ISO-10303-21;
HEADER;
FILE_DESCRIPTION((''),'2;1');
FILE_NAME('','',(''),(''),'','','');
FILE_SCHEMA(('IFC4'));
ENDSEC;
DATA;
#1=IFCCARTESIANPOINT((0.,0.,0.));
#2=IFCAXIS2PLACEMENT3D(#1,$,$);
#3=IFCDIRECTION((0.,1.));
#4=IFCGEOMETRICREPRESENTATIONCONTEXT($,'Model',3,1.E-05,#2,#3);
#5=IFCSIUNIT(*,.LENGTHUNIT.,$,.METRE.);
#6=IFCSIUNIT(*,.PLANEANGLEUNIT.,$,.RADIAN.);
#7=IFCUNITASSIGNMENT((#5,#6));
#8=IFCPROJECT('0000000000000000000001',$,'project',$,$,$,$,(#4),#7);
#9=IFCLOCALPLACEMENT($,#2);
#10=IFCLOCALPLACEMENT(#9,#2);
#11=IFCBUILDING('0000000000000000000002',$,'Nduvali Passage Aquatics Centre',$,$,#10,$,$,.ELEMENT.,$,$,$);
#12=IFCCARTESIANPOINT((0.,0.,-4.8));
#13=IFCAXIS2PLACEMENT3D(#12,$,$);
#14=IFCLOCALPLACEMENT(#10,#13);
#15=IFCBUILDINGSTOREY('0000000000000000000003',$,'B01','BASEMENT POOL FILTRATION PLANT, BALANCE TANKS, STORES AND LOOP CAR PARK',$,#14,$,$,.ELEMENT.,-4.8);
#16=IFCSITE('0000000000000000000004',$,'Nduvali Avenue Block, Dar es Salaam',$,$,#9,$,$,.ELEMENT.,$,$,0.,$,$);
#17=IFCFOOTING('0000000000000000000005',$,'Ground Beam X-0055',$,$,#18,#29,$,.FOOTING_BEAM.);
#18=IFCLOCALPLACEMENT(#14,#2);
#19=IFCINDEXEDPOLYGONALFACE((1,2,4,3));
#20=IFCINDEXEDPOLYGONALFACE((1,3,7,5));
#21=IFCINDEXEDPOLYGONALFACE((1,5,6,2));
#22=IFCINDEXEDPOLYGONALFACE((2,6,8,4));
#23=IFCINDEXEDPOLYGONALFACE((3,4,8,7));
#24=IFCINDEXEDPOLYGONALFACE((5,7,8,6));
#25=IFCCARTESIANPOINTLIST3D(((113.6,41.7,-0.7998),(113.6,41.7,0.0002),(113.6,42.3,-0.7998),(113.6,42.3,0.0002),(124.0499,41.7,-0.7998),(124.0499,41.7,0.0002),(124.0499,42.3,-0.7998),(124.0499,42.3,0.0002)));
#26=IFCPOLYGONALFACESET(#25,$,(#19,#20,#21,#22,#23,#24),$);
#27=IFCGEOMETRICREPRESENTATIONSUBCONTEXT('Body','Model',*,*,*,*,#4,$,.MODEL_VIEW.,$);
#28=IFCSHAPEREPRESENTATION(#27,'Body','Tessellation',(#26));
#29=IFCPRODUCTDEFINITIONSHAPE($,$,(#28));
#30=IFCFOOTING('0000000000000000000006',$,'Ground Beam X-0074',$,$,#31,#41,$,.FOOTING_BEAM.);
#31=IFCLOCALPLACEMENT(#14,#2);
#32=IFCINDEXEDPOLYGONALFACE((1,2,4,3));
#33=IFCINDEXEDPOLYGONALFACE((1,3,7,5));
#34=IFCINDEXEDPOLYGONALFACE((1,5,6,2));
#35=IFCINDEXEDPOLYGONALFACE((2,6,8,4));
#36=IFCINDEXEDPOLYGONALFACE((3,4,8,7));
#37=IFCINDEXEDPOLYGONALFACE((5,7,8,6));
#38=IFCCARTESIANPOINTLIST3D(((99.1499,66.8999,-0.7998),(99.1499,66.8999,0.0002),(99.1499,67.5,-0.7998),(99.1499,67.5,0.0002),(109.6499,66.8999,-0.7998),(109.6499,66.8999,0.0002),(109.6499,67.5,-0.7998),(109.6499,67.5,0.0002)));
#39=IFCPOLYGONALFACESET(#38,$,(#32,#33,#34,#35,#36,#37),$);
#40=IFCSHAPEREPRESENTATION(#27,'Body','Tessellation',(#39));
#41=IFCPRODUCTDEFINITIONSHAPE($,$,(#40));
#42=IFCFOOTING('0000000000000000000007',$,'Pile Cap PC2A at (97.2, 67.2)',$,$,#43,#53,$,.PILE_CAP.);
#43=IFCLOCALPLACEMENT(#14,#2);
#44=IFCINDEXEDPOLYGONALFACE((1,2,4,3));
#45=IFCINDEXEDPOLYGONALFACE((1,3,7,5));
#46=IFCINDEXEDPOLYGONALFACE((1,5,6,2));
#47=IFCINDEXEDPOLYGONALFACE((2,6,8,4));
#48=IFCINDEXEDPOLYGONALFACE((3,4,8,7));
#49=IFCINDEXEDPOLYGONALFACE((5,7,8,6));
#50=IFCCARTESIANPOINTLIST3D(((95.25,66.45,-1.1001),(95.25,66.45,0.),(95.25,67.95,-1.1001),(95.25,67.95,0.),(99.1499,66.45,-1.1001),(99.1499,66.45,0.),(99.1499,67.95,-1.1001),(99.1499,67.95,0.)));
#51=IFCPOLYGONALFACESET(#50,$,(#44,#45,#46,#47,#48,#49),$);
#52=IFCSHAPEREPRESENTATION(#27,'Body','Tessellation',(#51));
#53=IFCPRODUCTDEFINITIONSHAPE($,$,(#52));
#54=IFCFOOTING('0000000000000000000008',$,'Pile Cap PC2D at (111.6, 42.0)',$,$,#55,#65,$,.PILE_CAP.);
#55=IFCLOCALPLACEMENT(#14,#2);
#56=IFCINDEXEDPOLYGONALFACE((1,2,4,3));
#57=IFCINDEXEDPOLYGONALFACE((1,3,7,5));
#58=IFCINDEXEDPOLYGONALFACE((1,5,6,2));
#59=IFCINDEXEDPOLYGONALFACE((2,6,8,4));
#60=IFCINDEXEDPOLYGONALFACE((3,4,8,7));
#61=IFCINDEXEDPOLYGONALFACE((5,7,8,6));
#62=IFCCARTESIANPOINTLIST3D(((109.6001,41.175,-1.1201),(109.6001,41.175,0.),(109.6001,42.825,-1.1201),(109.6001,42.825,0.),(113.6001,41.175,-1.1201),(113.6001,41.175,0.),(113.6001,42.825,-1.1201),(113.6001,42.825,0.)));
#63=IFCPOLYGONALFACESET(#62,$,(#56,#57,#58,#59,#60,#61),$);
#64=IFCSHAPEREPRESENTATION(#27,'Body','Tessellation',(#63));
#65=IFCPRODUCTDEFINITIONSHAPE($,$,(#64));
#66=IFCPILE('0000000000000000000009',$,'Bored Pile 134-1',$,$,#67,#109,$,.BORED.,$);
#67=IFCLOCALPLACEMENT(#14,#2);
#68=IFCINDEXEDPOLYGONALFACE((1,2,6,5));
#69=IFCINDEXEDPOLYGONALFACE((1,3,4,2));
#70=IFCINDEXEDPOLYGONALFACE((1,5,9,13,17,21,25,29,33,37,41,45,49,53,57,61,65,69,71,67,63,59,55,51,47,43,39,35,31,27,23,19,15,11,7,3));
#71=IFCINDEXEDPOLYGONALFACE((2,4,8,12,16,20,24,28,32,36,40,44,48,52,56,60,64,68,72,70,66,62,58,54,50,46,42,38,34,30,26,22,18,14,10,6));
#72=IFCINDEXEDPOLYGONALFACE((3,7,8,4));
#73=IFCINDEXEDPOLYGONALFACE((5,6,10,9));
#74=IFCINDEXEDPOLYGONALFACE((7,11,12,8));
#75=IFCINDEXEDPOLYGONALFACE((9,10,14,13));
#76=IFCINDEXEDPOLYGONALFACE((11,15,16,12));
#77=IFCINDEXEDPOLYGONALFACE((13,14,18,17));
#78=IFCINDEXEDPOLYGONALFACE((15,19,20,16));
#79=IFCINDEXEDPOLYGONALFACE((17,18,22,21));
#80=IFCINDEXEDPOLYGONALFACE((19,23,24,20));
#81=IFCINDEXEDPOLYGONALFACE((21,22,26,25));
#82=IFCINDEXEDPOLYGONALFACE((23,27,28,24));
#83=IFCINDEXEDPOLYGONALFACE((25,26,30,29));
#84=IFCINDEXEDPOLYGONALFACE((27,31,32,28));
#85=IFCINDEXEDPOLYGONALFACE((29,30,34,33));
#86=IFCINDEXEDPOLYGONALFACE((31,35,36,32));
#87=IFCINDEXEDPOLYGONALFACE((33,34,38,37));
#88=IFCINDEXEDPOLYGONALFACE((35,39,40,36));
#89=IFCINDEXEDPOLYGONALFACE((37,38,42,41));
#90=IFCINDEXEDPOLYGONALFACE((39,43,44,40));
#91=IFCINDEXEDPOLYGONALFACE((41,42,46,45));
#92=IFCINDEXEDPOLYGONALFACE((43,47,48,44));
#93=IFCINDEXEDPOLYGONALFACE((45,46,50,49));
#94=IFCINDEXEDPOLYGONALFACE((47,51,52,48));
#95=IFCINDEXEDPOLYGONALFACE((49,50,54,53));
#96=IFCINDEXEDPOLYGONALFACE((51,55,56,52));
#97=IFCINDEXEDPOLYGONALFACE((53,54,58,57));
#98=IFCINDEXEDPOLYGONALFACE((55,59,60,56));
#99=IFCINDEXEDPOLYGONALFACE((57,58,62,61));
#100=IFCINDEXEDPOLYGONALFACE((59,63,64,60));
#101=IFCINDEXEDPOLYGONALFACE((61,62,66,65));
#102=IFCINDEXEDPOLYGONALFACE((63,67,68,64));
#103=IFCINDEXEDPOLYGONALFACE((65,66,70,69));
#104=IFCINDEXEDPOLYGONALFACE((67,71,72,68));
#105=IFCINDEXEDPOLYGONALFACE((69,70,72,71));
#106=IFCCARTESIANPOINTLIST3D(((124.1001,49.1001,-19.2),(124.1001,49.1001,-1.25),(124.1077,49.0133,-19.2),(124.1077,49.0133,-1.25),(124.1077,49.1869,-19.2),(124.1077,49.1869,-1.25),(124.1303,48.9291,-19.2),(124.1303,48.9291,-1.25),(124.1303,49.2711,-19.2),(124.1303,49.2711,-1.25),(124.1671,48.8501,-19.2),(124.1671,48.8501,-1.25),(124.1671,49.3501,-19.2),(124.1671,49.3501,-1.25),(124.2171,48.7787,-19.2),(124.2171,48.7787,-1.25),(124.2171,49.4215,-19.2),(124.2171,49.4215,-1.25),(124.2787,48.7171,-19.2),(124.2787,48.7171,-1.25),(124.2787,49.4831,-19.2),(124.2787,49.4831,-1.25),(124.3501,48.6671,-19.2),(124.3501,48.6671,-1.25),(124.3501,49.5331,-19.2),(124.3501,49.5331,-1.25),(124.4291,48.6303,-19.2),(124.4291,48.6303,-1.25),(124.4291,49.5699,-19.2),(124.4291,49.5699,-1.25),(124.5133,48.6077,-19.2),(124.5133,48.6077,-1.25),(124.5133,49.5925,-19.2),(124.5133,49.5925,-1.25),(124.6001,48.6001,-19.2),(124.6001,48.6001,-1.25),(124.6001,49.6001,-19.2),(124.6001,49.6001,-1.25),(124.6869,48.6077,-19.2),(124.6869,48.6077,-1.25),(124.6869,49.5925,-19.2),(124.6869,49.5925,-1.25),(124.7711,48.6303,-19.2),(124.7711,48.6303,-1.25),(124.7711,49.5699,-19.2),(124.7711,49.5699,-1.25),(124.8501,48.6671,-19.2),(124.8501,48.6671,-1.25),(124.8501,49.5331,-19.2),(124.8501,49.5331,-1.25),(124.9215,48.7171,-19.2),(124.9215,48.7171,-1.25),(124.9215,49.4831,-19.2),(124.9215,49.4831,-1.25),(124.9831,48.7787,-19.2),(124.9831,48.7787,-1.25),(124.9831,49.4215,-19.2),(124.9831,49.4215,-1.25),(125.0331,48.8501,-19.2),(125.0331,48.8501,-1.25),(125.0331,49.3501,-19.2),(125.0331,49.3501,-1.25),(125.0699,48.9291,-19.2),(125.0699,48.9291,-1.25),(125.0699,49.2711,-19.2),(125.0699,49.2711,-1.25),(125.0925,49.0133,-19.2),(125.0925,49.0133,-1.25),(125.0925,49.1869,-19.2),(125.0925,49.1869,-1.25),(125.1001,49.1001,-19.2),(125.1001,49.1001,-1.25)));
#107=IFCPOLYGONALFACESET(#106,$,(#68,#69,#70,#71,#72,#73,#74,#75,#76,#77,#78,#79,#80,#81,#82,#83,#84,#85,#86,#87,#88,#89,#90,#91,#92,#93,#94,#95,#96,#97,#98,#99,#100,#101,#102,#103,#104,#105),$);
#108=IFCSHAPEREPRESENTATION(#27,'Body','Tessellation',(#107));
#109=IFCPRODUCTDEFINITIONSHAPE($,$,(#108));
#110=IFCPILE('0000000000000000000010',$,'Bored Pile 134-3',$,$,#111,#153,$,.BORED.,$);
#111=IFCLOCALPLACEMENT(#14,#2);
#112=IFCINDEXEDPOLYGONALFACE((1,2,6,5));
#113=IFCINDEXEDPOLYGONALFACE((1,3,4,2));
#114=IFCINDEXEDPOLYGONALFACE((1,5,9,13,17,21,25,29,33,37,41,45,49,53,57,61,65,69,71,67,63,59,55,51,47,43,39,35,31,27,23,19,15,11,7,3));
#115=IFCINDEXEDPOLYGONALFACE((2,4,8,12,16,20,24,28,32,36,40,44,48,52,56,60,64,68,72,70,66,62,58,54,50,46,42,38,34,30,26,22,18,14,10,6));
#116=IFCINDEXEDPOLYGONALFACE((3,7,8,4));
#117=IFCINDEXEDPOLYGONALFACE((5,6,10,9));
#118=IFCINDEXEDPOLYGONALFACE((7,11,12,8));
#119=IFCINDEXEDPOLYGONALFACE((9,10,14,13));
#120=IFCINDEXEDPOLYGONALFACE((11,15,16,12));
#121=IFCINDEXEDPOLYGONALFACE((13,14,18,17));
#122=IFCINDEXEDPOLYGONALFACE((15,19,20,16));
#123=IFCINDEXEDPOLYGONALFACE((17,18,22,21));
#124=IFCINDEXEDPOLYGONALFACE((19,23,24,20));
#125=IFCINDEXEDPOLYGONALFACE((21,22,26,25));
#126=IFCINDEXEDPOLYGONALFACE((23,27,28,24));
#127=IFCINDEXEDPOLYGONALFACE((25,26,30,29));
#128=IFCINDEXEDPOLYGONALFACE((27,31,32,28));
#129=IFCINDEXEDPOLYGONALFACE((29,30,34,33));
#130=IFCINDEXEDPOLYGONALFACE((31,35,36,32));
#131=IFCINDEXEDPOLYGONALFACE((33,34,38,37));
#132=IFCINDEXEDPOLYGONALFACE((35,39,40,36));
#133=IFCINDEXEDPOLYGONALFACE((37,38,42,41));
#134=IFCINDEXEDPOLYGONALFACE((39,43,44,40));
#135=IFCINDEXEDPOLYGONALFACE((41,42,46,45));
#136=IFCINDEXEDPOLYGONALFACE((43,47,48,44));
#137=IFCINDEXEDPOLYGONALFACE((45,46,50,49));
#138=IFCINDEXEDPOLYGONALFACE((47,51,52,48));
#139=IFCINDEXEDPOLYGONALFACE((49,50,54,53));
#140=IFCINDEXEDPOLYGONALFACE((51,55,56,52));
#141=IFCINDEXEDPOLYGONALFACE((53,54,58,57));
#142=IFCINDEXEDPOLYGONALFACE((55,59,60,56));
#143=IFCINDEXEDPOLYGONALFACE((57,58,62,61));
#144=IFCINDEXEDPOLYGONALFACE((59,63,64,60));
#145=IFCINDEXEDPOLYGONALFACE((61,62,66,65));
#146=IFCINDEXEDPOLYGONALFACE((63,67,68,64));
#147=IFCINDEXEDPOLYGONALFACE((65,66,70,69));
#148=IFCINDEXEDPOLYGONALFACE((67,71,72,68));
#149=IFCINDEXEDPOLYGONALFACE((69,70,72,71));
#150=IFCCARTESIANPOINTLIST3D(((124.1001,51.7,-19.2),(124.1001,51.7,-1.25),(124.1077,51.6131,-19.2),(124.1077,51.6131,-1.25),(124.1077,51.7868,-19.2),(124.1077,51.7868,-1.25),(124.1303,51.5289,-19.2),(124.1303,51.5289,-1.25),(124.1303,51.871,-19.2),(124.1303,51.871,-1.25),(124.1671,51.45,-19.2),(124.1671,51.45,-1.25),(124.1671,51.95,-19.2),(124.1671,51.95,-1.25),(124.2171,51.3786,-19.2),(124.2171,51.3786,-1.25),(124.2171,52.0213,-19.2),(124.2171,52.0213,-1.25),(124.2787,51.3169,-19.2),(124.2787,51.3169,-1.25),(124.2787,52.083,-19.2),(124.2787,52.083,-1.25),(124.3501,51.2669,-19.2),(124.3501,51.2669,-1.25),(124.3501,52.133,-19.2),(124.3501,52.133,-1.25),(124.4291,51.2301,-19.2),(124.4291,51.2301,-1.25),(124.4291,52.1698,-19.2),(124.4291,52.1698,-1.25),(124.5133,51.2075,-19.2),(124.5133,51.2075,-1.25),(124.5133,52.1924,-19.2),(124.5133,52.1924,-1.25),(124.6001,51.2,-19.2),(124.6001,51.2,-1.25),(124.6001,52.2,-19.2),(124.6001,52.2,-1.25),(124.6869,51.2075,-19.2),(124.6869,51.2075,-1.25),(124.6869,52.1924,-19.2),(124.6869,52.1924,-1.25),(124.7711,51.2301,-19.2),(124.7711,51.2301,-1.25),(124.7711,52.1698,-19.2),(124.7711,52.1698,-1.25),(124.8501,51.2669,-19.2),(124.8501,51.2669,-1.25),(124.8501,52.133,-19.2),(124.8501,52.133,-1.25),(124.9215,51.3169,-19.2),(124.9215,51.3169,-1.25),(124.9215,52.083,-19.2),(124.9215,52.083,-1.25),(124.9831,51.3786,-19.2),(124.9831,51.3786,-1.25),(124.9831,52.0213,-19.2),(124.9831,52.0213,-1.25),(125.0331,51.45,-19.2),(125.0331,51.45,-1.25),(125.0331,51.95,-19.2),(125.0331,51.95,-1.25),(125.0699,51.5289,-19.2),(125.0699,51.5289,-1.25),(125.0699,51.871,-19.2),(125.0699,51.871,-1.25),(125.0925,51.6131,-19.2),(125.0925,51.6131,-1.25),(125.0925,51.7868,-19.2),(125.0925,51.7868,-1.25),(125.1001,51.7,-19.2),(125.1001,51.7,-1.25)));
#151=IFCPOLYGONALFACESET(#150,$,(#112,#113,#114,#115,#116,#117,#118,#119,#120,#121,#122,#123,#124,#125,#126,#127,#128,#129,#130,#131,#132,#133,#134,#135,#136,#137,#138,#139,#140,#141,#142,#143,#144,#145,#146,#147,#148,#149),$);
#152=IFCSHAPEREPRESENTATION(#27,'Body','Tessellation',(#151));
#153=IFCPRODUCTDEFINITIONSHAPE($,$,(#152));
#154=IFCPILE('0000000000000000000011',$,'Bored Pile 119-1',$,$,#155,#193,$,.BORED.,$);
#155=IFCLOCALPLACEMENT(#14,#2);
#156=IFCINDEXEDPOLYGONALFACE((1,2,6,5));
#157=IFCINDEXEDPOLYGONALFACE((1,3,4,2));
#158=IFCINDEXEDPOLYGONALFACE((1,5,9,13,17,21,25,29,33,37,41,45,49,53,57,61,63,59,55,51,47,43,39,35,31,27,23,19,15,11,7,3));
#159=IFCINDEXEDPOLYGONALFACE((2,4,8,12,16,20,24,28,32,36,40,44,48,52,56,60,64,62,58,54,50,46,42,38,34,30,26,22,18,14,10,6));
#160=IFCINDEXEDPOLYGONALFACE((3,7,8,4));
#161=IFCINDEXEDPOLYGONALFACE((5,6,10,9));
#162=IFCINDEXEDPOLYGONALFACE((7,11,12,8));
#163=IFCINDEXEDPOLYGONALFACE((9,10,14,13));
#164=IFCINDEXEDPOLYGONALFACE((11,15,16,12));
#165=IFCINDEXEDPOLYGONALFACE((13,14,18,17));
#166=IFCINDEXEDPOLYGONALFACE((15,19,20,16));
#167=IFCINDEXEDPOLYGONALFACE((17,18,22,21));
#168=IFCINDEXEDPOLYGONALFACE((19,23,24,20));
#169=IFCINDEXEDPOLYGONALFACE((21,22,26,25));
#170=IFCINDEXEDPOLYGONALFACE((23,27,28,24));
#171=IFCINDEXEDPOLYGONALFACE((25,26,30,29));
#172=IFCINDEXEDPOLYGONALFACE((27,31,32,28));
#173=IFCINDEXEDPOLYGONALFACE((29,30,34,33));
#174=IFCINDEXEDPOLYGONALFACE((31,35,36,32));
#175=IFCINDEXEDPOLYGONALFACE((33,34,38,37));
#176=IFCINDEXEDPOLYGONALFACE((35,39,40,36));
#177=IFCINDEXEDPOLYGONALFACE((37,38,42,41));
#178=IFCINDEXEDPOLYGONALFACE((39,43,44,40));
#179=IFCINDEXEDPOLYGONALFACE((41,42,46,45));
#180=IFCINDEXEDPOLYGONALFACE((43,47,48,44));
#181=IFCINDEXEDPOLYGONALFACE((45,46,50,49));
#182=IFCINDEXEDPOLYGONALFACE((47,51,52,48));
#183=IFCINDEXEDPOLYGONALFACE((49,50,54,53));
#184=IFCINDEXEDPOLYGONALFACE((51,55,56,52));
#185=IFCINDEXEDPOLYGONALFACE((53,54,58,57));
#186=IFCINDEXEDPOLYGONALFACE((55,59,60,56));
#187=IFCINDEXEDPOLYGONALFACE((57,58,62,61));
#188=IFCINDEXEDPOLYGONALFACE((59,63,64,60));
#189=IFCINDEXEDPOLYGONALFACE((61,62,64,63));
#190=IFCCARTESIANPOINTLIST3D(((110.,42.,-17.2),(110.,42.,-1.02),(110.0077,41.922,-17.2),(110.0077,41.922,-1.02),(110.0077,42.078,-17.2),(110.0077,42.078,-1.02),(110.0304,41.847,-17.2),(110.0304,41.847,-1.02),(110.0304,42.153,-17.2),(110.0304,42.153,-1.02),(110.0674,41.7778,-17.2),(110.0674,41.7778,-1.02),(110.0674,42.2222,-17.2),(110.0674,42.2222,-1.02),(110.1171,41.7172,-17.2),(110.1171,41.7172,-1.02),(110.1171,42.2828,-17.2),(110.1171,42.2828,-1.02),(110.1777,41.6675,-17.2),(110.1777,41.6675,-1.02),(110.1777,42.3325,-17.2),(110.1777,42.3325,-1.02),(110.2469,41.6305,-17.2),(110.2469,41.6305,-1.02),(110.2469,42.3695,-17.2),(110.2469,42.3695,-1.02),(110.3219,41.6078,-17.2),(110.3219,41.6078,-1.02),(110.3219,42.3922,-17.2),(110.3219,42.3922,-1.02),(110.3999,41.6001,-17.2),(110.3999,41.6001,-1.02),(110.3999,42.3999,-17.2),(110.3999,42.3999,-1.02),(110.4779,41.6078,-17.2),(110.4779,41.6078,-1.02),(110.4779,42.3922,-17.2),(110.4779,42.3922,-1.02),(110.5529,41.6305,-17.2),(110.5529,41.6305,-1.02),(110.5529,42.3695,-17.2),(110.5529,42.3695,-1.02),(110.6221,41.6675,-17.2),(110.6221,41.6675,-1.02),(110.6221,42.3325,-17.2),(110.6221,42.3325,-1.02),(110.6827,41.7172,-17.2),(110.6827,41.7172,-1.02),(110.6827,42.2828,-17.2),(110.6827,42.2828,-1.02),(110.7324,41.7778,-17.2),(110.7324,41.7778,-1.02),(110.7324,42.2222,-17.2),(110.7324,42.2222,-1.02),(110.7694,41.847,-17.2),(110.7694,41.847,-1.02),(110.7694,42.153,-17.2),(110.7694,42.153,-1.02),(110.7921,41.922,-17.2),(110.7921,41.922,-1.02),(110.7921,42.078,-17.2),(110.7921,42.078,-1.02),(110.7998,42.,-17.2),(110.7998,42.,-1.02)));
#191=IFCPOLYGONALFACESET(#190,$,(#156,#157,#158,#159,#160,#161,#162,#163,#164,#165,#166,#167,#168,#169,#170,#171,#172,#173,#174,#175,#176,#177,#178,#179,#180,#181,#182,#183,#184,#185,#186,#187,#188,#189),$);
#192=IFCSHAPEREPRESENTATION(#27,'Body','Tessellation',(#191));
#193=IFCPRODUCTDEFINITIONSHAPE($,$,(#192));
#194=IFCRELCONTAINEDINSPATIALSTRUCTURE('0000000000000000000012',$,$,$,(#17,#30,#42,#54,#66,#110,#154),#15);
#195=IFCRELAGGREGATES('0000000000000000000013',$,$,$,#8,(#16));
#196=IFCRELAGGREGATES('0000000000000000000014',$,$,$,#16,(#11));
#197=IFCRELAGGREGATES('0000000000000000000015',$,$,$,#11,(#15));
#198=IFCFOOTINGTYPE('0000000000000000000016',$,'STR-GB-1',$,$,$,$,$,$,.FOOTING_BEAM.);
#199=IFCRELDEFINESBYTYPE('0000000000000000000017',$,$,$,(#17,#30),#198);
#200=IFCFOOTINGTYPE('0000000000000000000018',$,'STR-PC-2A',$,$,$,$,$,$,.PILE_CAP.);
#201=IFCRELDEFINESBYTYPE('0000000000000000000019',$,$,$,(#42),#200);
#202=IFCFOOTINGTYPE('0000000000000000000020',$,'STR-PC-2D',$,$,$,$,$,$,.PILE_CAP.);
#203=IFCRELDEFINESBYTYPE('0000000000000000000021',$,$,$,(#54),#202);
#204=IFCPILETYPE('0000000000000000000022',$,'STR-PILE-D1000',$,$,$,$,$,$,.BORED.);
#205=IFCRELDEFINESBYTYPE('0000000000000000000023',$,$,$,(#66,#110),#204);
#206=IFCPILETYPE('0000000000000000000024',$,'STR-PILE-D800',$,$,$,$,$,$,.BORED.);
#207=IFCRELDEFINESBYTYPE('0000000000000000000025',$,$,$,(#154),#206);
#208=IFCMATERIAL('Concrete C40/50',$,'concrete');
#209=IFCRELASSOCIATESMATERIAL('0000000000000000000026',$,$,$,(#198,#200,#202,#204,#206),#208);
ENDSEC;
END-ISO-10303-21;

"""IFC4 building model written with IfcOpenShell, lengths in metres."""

from ifc_helpers import new_model, si_unit, direction, frame, origin, origin_2d, place, context, subcontext, project, spatial, rectangle, circle, extrude, material, material_profile, profile_set, type_object, element, save


model = new_model("IFC4")

# Units and contexts
model_context = context("Model", 3, precision=1e-05, world=origin(), true_north=direction((0.0, 1.0)))
body_context = subcontext(model_context, "Body", "Model", "MODEL_VIEW")
ifc_project = project(units=[si_unit("LENGTHUNIT", "METRE"), si_unit("PLANEANGLEUNIT", "RADIAN")], contexts=[model_context])

# Site, building, storey
site_placement = place(None, origin())
site = spatial("IfcSite", under=ifc_project, at=site_placement, Name="Nduvali Avenue Block, Dar es Salaam", CompositionType="ELEMENT", RefElevation=0.0)
building_placement = place(site_placement, origin())
building = spatial("IfcBuilding", under=site, at=building_placement, Name="Nduvali Passage Aquatics Centre", CompositionType="ELEMENT")
storey_placement = place(building_placement, frame((0.0, 0.0, -4.8)))
storey = spatial("IfcBuildingStorey", under=building, at=storey_placement, Name="B01", Description="BASEMENT POOL FILTRATION PLANT, BALANCE TANKS, STORES AND LOOP CAR PARK", CompositionType="ELEMENT", Elevation=-4.8)

# Footings
ifc_material_1 = material(Name="Concrete C40/50", Category="concrete")
footing_type_1 = type_object("IfcFootingType", Name="STR-GB-1", PredefinedType="FOOTING_BEAM", material=ifc_material_1)
footing_1_placement = place(storey_placement, frame((118.825, 42.0, -0.7998), z_axis=(0.0, 0.0, 1.0), x_axis=(1.0, 0.0, 0.0)))
element("IfcFooting", 1, at=footing_1_placement, inside=storey, type_object=footing_type_1, Name="Ground Beam X-0055", PredefinedType="FOOTING_BEAM", context=body_context, shape_type="SweptSolid", body=[
    extrude(rectangle(XDim=10.45, YDim=0.6001, at=origin_2d()), origin(), (0.0, 0.0, 1.0), 0.8),
])
footing_2_placement = place(storey_placement, frame((104.3999, 67.2, -0.7998), z_axis=(0.0, 0.0, 1.0), x_axis=(1.0, 0.0, 0.0)))
element("IfcFooting", 2, at=footing_2_placement, inside=storey, type_object=footing_type_1, Name="Ground Beam X-0074", PredefinedType="FOOTING_BEAM", context=body_context, shape_type="SweptSolid", body=[
    extrude(rectangle(XDim=10.5, YDim=0.6001, at=origin_2d()), origin(), (0.0, 0.0, 1.0), 0.8),
])
footing_type_2 = type_object("IfcFootingType", Name="STR-PC-2A", PredefinedType="PILE_CAP", material=ifc_material_1)
footing_3_placement = place(storey_placement, frame((97.2, 67.2, -1.1001), z_axis=(0.0, 0.0, 1.0), x_axis=(1.0, 0.0, 0.0)))
element("IfcFooting", 3, at=footing_3_placement, inside=storey, type_object=footing_type_2, Name="Pile Cap PC2A at (97.2, 67.2)", PredefinedType="PILE_CAP", context=body_context, shape_type="SweptSolid", body=[
    extrude(rectangle(XDim=3.8999, YDim=1.5, at=origin_2d()), origin(), (0.0, 0.0, 1.0), 1.1001),
])
footing_type_3 = type_object("IfcFootingType", Name="STR-PC-2D", PredefinedType="PILE_CAP", material=ifc_material_1)
footing_4_placement = place(storey_placement, frame((111.6001, 42.0, -1.1201), z_axis=(0.0, 0.0, 1.0), x_axis=(1.0, 0.0, 0.0)))
element("IfcFooting", 4, at=footing_4_placement, inside=storey, type_object=footing_type_3, Name="Pile Cap PC2D at (111.6, 42.0)", PredefinedType="PILE_CAP", context=body_context, shape_type="SweptSolid", body=[
    extrude(rectangle(XDim=4.0, YDim=1.6499, at=origin_2d()), origin(), (0.0, 0.0, 1.0), 1.1201),
])

# Piles
ifc_material_profile_1 = material_profile(ifc_material_1, circle(Radius=0.5, at=origin_2d()), Name="PILE D1000")
ifc_profile_set_1 = profile_set([ifc_material_profile_1], Name="Concrete C40/50")
pile_type_1 = type_object("IfcPileType", Name="STR-PILE-D1000", PredefinedType="BORED", material=ifc_profile_set_1)
for number, where, z_axis, x_axis, name in (
    (5, (124.6001, 49.1001, -1.25), (0.0, 0.0, -1.0), (1.0, 0.0, 0.0), "Bored Pile 134-1"),
    (6, (124.6001, 51.7, -1.25), (0.0, 0.0, -1.0), (1.0, 0.0, 0.0), "Bored Pile 134-3"),
):
    element("IfcPile", number, at=place(storey_placement, frame(where, z_axis=z_axis, x_axis=x_axis)), inside=storey, type_object=pile_type_1, Name=name, PredefinedType="BORED", context=body_context, shape_type="SweptSolid", body=[
        extrude(circle(Radius=0.5, at=origin_2d()), origin(), (0.0, 0.0, 1.0), 17.95),
    ])
ifc_material_profile_2 = material_profile(ifc_material_1, circle(Radius=0.3999, at=origin_2d()), Name="PILE D800")
ifc_profile_set_2 = profile_set([ifc_material_profile_2], Name="Concrete C40/50")
pile_type_2 = type_object("IfcPileType", Name="STR-PILE-D800", PredefinedType="BORED", material=ifc_profile_set_2)
for number, where, z_axis, x_axis, name in (
    (7, (110.3999, 42.0, -1.02), (0.0, 0.0, -1.0), (1.0, 0.0, 0.0), "Bored Pile 119-1"),
):
    element("IfcPile", number, at=place(storey_placement, frame(where, z_axis=z_axis, x_axis=x_axis)), inside=storey, type_object=pile_type_2, Name=name, PredefinedType="BORED", context=body_context, shape_type="SweptSolid", body=[
        extrude(circle(Radius=0.3999, at=origin_2d()), origin(), (0.0, 0.0, 1.0), 16.1799),
    ])

save(model, "model.ifc")
